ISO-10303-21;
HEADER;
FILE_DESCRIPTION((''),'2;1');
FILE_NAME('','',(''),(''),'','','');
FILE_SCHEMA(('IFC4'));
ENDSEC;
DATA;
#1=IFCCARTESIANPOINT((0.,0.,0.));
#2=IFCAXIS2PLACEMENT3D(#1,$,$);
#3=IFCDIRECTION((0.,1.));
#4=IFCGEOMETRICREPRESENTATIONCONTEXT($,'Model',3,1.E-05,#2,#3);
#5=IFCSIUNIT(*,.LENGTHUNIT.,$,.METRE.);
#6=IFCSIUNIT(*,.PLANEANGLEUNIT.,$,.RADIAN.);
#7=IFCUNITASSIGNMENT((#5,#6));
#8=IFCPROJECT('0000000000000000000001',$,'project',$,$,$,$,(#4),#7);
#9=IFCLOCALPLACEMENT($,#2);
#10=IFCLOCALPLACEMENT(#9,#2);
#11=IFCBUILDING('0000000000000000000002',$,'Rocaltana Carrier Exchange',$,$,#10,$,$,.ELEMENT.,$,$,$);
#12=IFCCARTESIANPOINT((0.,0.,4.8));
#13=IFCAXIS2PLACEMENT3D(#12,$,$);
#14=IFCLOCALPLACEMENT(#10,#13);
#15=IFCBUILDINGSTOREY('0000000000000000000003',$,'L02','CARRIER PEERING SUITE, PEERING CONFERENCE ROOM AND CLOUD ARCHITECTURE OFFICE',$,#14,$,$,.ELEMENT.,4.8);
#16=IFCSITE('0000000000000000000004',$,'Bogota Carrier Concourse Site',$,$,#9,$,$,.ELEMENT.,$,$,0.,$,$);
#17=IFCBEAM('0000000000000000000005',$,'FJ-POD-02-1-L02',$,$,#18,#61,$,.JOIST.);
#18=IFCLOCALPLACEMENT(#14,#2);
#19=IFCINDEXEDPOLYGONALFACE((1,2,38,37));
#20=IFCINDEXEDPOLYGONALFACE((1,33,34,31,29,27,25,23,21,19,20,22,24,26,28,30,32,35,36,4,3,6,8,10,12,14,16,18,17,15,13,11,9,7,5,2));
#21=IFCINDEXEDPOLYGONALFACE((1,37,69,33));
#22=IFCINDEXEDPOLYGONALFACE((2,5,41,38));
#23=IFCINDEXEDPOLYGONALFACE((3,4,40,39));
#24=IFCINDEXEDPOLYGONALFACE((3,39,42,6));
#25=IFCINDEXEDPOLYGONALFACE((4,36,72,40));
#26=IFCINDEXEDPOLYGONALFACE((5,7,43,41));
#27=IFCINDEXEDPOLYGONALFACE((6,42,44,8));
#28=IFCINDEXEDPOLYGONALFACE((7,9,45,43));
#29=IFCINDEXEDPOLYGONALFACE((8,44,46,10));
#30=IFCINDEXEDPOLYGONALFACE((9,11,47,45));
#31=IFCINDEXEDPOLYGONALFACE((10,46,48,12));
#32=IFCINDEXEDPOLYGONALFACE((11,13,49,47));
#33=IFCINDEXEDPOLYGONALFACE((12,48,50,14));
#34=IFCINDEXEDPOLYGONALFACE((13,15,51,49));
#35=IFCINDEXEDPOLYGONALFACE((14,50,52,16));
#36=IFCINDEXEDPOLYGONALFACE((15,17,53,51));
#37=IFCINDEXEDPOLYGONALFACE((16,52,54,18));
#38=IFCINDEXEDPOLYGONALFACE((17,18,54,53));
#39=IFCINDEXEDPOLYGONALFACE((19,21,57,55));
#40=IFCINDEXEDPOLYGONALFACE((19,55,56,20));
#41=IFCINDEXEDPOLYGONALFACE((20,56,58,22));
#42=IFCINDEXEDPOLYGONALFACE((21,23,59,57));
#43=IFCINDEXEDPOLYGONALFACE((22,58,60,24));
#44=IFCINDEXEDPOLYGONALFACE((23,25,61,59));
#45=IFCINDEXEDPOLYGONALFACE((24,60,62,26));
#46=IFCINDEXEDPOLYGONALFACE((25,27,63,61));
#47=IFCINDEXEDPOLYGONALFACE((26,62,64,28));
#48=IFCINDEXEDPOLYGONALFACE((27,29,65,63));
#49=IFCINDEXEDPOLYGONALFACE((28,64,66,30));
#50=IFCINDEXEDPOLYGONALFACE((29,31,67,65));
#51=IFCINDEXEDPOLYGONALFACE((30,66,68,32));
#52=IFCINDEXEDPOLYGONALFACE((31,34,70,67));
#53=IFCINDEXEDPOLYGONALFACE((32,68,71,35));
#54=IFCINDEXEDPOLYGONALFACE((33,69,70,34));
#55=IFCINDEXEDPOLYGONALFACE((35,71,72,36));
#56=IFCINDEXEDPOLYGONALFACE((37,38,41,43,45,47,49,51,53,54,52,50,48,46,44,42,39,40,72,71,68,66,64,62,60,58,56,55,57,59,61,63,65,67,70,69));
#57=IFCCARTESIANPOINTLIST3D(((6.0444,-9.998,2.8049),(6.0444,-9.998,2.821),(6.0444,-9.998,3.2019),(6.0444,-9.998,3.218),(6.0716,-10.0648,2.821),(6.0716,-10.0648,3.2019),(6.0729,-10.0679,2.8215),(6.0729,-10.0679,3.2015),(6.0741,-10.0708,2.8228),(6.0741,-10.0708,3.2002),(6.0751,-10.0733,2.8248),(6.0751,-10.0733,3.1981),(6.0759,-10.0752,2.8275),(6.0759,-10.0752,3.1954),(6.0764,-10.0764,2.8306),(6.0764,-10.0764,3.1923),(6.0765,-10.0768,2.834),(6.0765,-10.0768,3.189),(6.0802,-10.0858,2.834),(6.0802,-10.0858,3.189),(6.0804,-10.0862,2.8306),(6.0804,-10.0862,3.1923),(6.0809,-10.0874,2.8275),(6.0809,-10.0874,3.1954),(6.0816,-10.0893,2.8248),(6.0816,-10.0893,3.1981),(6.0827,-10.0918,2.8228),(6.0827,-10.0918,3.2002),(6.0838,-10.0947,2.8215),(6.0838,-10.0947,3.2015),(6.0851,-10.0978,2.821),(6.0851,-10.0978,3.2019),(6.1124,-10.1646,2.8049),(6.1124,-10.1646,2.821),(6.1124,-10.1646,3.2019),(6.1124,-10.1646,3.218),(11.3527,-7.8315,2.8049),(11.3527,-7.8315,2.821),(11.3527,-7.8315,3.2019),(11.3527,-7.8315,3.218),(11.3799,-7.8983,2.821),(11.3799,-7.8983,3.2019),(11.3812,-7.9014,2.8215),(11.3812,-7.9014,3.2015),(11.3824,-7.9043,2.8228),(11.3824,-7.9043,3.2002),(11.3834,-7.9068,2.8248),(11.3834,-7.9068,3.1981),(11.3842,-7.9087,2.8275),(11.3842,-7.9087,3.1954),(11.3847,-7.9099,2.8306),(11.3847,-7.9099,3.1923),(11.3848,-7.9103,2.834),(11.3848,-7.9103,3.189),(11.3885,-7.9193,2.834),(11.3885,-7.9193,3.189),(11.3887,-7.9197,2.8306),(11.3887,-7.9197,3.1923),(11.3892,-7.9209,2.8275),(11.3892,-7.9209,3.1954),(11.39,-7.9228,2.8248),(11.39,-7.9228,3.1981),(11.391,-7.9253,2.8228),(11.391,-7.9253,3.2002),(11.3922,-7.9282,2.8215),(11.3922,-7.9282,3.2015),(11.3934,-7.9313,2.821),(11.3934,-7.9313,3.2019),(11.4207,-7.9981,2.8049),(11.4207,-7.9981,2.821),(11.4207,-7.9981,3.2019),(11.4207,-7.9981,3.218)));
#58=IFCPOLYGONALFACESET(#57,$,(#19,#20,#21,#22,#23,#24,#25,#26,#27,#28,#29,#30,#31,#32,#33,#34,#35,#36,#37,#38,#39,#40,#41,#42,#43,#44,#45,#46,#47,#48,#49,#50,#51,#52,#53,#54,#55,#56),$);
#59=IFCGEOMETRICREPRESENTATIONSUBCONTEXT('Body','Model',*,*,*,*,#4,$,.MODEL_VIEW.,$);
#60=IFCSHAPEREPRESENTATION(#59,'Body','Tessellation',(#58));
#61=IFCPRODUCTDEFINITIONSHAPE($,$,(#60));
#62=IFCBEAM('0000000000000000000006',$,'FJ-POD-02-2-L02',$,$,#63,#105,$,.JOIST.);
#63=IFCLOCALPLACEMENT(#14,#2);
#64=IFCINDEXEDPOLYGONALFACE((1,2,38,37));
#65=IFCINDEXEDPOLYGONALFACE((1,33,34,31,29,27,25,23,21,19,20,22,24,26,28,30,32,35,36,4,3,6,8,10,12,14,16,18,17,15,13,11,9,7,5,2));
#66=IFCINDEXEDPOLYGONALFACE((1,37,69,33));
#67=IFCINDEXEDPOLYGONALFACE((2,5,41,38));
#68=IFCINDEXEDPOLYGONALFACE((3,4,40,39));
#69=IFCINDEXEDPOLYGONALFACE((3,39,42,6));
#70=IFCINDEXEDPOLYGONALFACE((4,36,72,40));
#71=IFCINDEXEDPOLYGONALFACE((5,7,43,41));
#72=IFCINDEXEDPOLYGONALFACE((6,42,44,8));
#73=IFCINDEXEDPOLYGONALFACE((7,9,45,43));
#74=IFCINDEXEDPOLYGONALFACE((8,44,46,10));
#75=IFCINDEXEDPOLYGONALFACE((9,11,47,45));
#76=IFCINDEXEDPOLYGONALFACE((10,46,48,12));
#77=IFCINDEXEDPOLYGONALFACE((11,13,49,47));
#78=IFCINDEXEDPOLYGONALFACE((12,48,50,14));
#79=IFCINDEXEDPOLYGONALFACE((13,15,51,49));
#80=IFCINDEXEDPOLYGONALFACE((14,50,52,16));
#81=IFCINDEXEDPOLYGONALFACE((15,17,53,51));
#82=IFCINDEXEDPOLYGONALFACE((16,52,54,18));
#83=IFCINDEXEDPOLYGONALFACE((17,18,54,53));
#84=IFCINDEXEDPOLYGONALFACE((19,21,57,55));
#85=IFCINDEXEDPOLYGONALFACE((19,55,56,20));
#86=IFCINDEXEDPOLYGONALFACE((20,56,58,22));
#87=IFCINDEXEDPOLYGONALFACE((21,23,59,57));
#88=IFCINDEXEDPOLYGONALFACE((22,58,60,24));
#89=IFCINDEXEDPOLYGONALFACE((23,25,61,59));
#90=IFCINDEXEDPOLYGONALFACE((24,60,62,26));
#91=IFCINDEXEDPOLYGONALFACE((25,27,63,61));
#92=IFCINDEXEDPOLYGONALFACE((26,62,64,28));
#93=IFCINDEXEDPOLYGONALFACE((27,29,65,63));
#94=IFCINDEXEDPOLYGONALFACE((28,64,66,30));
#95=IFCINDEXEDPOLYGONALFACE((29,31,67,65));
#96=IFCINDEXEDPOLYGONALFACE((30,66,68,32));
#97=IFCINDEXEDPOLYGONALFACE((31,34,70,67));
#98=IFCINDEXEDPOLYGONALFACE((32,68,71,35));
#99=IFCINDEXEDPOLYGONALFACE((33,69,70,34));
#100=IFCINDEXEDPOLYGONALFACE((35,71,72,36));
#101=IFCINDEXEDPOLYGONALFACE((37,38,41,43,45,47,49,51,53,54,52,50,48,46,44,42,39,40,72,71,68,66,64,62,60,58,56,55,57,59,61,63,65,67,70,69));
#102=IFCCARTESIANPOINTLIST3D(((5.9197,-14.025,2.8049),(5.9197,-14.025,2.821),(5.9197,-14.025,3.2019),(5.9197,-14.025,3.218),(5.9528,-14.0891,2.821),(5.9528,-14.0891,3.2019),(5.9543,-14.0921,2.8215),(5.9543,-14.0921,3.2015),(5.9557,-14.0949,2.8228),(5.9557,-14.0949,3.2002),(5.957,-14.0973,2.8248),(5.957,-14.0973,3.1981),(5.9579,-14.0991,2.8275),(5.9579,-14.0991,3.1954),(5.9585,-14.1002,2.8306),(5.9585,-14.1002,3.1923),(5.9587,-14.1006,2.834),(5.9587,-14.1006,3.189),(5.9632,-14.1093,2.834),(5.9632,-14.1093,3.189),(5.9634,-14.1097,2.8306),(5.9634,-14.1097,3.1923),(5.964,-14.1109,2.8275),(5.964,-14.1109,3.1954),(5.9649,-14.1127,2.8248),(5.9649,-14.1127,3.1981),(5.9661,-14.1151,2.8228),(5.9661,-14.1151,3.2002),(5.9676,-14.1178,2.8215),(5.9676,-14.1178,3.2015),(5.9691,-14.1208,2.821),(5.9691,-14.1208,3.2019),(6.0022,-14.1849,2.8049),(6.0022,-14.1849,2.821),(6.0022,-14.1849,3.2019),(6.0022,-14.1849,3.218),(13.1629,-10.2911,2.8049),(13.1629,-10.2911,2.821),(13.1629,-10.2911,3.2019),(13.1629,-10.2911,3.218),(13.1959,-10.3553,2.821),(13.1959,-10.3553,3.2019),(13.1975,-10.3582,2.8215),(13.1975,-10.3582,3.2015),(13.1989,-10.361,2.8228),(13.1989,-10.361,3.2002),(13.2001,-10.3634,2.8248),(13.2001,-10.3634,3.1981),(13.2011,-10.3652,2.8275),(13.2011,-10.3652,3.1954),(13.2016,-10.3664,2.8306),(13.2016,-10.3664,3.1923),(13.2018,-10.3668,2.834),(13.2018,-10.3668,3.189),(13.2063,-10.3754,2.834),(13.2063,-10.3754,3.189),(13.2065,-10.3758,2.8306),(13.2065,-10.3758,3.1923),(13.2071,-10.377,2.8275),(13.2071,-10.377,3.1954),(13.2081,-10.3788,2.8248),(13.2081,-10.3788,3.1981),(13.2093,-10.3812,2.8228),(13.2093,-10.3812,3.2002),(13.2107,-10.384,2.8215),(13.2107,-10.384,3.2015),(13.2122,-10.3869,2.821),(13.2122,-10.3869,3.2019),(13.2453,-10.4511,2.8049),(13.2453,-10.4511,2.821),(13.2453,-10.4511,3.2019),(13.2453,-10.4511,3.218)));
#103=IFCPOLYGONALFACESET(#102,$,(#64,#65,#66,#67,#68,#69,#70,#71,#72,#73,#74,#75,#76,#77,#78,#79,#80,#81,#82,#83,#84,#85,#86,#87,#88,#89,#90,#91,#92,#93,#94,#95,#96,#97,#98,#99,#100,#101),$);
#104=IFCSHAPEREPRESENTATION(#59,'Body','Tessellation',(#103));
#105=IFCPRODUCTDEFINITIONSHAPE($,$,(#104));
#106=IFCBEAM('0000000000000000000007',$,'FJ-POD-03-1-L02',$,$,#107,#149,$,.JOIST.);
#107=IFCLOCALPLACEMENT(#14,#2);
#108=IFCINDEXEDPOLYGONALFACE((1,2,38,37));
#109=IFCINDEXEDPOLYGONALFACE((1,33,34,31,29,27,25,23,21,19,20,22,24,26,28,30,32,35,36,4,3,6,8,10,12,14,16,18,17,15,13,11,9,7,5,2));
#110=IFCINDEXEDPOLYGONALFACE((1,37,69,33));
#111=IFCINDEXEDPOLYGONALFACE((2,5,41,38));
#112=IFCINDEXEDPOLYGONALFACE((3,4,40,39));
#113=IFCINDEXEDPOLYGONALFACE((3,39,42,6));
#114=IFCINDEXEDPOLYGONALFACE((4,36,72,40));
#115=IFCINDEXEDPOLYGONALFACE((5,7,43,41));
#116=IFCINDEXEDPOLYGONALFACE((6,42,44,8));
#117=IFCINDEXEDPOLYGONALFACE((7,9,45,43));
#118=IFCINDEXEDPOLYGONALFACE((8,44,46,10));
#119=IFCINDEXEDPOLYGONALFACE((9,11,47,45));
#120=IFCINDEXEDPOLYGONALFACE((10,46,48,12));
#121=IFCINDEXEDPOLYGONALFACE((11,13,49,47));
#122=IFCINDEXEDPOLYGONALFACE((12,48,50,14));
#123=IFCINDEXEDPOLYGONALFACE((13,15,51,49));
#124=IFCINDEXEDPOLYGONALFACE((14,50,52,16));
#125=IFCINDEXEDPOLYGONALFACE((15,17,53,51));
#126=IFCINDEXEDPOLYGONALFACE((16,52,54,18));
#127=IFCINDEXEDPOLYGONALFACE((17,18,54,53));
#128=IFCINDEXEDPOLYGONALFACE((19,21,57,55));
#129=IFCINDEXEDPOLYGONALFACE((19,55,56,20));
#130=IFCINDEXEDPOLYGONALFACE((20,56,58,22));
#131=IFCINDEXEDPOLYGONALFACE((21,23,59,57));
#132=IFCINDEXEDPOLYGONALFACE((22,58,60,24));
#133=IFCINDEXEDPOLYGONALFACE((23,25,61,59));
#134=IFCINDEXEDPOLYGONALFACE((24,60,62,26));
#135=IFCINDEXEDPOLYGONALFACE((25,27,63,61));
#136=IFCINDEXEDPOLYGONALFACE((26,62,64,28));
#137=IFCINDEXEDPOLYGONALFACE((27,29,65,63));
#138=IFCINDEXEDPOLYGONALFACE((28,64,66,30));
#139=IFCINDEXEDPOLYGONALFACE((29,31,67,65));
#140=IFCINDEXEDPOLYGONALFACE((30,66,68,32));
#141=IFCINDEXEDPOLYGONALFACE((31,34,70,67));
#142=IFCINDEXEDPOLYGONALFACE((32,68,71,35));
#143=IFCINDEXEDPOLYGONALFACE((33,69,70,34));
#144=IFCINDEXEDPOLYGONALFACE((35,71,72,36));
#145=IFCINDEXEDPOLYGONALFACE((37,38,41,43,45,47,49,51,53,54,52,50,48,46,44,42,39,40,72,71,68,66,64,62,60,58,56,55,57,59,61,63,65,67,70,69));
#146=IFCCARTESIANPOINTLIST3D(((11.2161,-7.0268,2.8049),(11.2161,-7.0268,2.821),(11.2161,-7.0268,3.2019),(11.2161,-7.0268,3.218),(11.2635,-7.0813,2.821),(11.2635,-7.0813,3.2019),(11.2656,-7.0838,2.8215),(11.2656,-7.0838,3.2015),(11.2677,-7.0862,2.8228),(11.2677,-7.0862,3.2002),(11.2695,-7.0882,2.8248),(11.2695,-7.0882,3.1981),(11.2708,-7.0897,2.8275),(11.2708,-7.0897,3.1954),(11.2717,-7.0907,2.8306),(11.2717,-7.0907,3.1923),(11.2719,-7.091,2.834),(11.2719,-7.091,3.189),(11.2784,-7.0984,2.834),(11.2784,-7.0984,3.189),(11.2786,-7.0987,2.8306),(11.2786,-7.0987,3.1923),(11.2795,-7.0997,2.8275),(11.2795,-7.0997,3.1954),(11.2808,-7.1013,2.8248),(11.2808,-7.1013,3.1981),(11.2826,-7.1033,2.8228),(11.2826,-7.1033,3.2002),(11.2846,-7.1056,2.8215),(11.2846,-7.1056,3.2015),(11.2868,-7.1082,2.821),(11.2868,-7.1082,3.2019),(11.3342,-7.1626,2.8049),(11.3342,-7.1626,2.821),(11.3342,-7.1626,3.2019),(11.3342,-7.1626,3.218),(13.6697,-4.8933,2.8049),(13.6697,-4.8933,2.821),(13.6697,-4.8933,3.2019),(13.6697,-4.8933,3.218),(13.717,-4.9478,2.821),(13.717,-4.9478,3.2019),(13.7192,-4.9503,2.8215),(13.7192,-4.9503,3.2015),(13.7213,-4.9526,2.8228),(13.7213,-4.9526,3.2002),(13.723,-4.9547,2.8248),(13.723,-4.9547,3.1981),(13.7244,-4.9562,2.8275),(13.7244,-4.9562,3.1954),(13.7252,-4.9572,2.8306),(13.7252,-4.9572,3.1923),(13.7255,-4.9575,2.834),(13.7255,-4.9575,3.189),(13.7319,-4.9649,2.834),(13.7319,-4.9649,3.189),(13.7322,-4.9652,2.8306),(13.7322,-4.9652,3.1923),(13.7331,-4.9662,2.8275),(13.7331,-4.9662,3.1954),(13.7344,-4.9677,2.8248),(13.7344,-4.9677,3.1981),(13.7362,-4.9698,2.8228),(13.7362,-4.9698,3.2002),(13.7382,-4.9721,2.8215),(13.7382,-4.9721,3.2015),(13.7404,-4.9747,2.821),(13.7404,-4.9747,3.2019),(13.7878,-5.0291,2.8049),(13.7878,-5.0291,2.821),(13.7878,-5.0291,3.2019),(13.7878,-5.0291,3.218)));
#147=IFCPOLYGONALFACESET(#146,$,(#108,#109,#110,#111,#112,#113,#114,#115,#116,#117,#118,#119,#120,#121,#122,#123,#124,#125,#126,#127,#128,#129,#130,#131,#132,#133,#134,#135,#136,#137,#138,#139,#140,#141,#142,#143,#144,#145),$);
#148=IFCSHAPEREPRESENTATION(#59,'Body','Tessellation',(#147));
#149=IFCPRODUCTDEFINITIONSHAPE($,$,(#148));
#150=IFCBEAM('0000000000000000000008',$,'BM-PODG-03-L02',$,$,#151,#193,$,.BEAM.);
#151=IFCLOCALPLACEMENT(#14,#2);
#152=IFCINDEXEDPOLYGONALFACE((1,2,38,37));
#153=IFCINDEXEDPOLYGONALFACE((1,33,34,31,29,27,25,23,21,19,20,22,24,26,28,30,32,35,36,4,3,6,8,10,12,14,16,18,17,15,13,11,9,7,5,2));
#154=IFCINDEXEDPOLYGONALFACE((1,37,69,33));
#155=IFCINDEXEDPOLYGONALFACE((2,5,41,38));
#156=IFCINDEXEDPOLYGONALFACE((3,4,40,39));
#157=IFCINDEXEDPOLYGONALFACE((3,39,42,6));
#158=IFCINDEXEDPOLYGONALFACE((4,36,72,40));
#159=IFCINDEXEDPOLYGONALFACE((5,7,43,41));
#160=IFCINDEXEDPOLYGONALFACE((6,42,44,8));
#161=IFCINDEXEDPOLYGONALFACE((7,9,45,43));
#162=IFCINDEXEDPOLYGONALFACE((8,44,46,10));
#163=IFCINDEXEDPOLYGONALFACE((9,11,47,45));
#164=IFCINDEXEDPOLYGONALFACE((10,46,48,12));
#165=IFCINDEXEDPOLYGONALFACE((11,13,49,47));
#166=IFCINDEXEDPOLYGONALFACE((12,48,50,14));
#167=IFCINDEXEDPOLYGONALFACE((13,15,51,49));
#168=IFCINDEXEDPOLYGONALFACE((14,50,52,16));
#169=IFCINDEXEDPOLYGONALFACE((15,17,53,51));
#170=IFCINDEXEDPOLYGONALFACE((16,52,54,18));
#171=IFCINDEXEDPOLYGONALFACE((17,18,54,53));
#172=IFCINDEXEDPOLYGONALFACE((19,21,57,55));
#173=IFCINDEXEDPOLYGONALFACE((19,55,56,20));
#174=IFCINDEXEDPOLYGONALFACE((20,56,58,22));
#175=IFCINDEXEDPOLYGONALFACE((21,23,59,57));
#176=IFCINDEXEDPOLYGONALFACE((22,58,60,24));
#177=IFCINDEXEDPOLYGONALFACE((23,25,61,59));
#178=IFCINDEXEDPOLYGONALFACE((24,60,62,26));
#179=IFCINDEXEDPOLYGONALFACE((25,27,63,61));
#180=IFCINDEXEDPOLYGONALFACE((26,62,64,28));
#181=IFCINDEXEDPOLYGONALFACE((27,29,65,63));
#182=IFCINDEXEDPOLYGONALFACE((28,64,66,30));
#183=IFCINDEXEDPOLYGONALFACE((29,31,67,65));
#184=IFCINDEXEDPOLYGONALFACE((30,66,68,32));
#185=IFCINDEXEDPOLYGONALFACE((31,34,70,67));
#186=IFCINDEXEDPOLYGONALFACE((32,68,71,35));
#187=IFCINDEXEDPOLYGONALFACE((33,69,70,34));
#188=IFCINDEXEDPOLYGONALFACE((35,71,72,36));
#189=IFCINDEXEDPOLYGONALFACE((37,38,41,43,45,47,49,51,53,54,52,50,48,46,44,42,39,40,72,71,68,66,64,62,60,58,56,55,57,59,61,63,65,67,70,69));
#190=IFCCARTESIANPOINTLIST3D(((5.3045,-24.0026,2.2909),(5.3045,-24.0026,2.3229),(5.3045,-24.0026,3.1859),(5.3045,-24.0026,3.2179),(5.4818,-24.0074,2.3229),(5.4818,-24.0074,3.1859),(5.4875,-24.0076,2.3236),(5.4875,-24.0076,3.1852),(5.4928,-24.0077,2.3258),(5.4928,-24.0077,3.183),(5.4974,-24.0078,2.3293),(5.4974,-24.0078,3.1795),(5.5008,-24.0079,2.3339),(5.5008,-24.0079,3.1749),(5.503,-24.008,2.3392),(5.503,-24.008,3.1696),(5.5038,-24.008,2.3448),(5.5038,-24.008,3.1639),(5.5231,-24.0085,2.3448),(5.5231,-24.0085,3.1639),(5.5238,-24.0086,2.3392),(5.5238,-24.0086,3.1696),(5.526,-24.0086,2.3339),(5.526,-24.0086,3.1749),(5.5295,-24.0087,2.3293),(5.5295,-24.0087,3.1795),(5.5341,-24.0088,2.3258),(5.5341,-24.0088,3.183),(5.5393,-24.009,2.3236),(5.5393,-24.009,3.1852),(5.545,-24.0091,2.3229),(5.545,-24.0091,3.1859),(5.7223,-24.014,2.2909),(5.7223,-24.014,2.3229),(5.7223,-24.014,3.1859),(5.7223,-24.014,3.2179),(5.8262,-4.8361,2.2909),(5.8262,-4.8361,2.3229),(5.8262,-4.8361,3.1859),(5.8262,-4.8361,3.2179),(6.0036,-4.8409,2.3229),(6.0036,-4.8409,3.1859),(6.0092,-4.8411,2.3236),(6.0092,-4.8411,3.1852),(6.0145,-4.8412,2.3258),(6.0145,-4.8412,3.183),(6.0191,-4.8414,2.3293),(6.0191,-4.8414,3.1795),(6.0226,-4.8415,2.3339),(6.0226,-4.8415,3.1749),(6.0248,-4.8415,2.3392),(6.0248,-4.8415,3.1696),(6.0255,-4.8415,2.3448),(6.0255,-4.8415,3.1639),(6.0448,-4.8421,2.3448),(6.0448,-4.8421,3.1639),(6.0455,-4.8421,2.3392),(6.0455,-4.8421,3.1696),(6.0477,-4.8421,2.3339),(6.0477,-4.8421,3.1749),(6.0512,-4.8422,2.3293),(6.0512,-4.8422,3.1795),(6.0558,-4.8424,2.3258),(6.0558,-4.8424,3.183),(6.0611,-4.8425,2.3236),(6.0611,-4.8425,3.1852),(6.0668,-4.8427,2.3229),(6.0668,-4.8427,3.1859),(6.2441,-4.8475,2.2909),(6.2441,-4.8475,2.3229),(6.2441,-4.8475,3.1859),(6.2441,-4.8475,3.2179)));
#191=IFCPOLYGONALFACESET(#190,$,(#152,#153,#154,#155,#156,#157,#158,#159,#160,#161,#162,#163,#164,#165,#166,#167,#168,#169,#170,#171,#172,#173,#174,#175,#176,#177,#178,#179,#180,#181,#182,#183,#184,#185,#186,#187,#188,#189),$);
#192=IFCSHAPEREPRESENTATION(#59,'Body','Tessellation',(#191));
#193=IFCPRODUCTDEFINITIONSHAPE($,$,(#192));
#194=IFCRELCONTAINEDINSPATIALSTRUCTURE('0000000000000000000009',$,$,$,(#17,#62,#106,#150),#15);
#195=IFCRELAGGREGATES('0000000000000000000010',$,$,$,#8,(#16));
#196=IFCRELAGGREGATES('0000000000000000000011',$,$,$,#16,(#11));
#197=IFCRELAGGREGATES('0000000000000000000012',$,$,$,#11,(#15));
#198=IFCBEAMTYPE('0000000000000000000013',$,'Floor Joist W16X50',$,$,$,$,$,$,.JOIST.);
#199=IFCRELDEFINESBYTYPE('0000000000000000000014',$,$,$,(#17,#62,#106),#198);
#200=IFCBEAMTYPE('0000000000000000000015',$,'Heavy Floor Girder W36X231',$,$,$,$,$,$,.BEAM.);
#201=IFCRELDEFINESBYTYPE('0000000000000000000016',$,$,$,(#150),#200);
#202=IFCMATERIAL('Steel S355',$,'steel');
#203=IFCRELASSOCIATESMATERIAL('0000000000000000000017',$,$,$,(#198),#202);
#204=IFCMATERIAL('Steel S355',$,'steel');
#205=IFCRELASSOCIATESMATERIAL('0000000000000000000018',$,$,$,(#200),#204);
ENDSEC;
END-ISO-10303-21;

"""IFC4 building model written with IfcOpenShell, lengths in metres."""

from ifc_helpers import new_model, si_unit, direction, frame, origin, origin_2d, place, context, subcontext, project, spatial, i_section, extrude, material, material_profile, profile_set, type_object, element, save


model = new_model("IFC4")

# Units and contexts
model_context = context("Model", 3, precision=1e-05, world=origin(), true_north=direction((0.0, 1.0)))
body_context = subcontext(model_context, "Body", "Model", "MODEL_VIEW")
ifc_project = project(units=[si_unit("LENGTHUNIT", "METRE"), si_unit("PLANEANGLEUNIT", "RADIAN")], contexts=[model_context])

# Site, building, storey
site_placement = place(None, origin())
site = spatial("IfcSite", under=ifc_project, at=site_placement, Name="Bogota Carrier Concourse Site", CompositionType="ELEMENT", RefElevation=0.0)
building_placement = place(site_placement, origin())
building = spatial("IfcBuilding", under=site, at=building_placement, Name="Rocaltana Carrier Exchange", CompositionType="ELEMENT")
storey_placement = place(building_placement, frame((0.0, 0.0, 4.8)))
storey = spatial("IfcBuildingStorey", under=building, at=storey_placement, Name="L02", Description="CARRIER PEERING SUITE, PEERING CONFERENCE ROOM AND CLOUD ARCHITECTURE OFFICE", CompositionType="ELEMENT", Elevation=4.8)

# Beams
ifc_material_1 = material(Name="Steel S355", Category="steel")
ifc_material_profile_1 = material_profile(ifc_material_1, i_section(OverallWidth=0.1799, OverallDepth=0.4131, WebThickness=0.0098, FlangeThickness=0.0161, FilletRadius=0.0129, at=origin_2d()), Name="W16X50")
ifc_profile_set_1 = profile_set([ifc_material_profile_1], Name="Steel S355")
beam_type_1 = type_object("IfcBeamType", Name="Floor Joist W16X50", PredefinedType="JOIST", material=ifc_profile_set_1)
beam_1_placement = place(storey_placement, frame((6.0784, -10.0813, 3.0115), z_axis=(0.925858, 0.377872, 0.0), x_axis=(-0.377872, 0.925858, 0.0)))
element("IfcBeam", 1, at=beam_1_placement, inside=storey, type_object=beam_type_1, Name="FJ-POD-02-1-L02", PredefinedType="JOIST", context=body_context, shape_type="SweptSolid", body=[
    extrude(i_section(OverallWidth=0.1799, OverallDepth=0.4131, WebThickness=0.0098, FlangeThickness=0.0161, FilletRadius=0.0129, at=origin_2d()), origin(), (0.0, 0.0, 1.0), 5.7334),
])
beam_2_placement = place(storey_placement, frame((5.9609, -14.105, 3.0115), z_axis=(0.888847, 0.458205, 0.0), x_axis=(-0.458205, 0.888847, 0.0)))
element("IfcBeam", 2, at=beam_2_placement, inside=storey, type_object=beam_type_1, Name="FJ-POD-02-2-L02", PredefinedType="JOIST", context=body_context, shape_type="SweptSolid", body=[
    extrude(i_section(OverallWidth=0.1799, OverallDepth=0.4131, WebThickness=0.0098, FlangeThickness=0.0161, FilletRadius=0.0129, at=origin_2d()), origin(), (0.0, 0.0, 1.0), 8.1489),
])
beam_3_placement = place(storey_placement, frame((11.2751, -7.0947, 3.0115), z_axis=(0.75461, 0.656173, 0.0), x_axis=(-0.656173, 0.75461, 0.0)))
element("IfcBeam", 3, at=beam_3_placement, inside=storey, type_object=beam_type_1, Name="FJ-POD-03-1-L02", PredefinedType="JOIST", context=body_context, shape_type="SweptSolid", body=[
    extrude(i_section(OverallWidth=0.1799, OverallDepth=0.4131, WebThickness=0.0098, FlangeThickness=0.0161, FilletRadius=0.0129, at=origin_2d()), origin(), (0.0, 0.0, 1.0), 3.2515),
])
ifc_material_2 = material(Name="Steel S355", Category="steel")
ifc_material_profile_2 = material_profile(ifc_material_2, i_section(OverallWidth=0.418, OverallDepth=0.927, WebThickness=0.0193, FlangeThickness=0.032, FilletRadius=0.022, at=origin_2d()), Name="W36X231")
ifc_profile_set_2 = profile_set([ifc_material_profile_2], Name="Steel S355")
beam_type_2 = type_object("IfcBeamType", Name="Heavy Floor Girder W36X231", PredefinedType="BEAM", material=ifc_profile_set_2)
beam_4_placement = place(storey_placement, frame((6.0352, -4.8418, 2.7544), z_axis=(-0.027211, -0.99963, 0.0), x_axis=(0.99963, -0.027211, 0.0)))
element("IfcBeam", 4, at=beam_4_placement, inside=storey, type_object=beam_type_2, Name="BM-PODG-03-L02", PredefinedType="BEAM", context=body_context, shape_type="SweptSolid", body=[
    extrude(i_section(OverallWidth=0.418, OverallDepth=0.927, WebThickness=0.0193, FlangeThickness=0.032, FilletRadius=0.022, at=origin_2d()), origin(), (0.0, 0.0, 1.0), 19.1736),
])

save(model, "model.ifc")
